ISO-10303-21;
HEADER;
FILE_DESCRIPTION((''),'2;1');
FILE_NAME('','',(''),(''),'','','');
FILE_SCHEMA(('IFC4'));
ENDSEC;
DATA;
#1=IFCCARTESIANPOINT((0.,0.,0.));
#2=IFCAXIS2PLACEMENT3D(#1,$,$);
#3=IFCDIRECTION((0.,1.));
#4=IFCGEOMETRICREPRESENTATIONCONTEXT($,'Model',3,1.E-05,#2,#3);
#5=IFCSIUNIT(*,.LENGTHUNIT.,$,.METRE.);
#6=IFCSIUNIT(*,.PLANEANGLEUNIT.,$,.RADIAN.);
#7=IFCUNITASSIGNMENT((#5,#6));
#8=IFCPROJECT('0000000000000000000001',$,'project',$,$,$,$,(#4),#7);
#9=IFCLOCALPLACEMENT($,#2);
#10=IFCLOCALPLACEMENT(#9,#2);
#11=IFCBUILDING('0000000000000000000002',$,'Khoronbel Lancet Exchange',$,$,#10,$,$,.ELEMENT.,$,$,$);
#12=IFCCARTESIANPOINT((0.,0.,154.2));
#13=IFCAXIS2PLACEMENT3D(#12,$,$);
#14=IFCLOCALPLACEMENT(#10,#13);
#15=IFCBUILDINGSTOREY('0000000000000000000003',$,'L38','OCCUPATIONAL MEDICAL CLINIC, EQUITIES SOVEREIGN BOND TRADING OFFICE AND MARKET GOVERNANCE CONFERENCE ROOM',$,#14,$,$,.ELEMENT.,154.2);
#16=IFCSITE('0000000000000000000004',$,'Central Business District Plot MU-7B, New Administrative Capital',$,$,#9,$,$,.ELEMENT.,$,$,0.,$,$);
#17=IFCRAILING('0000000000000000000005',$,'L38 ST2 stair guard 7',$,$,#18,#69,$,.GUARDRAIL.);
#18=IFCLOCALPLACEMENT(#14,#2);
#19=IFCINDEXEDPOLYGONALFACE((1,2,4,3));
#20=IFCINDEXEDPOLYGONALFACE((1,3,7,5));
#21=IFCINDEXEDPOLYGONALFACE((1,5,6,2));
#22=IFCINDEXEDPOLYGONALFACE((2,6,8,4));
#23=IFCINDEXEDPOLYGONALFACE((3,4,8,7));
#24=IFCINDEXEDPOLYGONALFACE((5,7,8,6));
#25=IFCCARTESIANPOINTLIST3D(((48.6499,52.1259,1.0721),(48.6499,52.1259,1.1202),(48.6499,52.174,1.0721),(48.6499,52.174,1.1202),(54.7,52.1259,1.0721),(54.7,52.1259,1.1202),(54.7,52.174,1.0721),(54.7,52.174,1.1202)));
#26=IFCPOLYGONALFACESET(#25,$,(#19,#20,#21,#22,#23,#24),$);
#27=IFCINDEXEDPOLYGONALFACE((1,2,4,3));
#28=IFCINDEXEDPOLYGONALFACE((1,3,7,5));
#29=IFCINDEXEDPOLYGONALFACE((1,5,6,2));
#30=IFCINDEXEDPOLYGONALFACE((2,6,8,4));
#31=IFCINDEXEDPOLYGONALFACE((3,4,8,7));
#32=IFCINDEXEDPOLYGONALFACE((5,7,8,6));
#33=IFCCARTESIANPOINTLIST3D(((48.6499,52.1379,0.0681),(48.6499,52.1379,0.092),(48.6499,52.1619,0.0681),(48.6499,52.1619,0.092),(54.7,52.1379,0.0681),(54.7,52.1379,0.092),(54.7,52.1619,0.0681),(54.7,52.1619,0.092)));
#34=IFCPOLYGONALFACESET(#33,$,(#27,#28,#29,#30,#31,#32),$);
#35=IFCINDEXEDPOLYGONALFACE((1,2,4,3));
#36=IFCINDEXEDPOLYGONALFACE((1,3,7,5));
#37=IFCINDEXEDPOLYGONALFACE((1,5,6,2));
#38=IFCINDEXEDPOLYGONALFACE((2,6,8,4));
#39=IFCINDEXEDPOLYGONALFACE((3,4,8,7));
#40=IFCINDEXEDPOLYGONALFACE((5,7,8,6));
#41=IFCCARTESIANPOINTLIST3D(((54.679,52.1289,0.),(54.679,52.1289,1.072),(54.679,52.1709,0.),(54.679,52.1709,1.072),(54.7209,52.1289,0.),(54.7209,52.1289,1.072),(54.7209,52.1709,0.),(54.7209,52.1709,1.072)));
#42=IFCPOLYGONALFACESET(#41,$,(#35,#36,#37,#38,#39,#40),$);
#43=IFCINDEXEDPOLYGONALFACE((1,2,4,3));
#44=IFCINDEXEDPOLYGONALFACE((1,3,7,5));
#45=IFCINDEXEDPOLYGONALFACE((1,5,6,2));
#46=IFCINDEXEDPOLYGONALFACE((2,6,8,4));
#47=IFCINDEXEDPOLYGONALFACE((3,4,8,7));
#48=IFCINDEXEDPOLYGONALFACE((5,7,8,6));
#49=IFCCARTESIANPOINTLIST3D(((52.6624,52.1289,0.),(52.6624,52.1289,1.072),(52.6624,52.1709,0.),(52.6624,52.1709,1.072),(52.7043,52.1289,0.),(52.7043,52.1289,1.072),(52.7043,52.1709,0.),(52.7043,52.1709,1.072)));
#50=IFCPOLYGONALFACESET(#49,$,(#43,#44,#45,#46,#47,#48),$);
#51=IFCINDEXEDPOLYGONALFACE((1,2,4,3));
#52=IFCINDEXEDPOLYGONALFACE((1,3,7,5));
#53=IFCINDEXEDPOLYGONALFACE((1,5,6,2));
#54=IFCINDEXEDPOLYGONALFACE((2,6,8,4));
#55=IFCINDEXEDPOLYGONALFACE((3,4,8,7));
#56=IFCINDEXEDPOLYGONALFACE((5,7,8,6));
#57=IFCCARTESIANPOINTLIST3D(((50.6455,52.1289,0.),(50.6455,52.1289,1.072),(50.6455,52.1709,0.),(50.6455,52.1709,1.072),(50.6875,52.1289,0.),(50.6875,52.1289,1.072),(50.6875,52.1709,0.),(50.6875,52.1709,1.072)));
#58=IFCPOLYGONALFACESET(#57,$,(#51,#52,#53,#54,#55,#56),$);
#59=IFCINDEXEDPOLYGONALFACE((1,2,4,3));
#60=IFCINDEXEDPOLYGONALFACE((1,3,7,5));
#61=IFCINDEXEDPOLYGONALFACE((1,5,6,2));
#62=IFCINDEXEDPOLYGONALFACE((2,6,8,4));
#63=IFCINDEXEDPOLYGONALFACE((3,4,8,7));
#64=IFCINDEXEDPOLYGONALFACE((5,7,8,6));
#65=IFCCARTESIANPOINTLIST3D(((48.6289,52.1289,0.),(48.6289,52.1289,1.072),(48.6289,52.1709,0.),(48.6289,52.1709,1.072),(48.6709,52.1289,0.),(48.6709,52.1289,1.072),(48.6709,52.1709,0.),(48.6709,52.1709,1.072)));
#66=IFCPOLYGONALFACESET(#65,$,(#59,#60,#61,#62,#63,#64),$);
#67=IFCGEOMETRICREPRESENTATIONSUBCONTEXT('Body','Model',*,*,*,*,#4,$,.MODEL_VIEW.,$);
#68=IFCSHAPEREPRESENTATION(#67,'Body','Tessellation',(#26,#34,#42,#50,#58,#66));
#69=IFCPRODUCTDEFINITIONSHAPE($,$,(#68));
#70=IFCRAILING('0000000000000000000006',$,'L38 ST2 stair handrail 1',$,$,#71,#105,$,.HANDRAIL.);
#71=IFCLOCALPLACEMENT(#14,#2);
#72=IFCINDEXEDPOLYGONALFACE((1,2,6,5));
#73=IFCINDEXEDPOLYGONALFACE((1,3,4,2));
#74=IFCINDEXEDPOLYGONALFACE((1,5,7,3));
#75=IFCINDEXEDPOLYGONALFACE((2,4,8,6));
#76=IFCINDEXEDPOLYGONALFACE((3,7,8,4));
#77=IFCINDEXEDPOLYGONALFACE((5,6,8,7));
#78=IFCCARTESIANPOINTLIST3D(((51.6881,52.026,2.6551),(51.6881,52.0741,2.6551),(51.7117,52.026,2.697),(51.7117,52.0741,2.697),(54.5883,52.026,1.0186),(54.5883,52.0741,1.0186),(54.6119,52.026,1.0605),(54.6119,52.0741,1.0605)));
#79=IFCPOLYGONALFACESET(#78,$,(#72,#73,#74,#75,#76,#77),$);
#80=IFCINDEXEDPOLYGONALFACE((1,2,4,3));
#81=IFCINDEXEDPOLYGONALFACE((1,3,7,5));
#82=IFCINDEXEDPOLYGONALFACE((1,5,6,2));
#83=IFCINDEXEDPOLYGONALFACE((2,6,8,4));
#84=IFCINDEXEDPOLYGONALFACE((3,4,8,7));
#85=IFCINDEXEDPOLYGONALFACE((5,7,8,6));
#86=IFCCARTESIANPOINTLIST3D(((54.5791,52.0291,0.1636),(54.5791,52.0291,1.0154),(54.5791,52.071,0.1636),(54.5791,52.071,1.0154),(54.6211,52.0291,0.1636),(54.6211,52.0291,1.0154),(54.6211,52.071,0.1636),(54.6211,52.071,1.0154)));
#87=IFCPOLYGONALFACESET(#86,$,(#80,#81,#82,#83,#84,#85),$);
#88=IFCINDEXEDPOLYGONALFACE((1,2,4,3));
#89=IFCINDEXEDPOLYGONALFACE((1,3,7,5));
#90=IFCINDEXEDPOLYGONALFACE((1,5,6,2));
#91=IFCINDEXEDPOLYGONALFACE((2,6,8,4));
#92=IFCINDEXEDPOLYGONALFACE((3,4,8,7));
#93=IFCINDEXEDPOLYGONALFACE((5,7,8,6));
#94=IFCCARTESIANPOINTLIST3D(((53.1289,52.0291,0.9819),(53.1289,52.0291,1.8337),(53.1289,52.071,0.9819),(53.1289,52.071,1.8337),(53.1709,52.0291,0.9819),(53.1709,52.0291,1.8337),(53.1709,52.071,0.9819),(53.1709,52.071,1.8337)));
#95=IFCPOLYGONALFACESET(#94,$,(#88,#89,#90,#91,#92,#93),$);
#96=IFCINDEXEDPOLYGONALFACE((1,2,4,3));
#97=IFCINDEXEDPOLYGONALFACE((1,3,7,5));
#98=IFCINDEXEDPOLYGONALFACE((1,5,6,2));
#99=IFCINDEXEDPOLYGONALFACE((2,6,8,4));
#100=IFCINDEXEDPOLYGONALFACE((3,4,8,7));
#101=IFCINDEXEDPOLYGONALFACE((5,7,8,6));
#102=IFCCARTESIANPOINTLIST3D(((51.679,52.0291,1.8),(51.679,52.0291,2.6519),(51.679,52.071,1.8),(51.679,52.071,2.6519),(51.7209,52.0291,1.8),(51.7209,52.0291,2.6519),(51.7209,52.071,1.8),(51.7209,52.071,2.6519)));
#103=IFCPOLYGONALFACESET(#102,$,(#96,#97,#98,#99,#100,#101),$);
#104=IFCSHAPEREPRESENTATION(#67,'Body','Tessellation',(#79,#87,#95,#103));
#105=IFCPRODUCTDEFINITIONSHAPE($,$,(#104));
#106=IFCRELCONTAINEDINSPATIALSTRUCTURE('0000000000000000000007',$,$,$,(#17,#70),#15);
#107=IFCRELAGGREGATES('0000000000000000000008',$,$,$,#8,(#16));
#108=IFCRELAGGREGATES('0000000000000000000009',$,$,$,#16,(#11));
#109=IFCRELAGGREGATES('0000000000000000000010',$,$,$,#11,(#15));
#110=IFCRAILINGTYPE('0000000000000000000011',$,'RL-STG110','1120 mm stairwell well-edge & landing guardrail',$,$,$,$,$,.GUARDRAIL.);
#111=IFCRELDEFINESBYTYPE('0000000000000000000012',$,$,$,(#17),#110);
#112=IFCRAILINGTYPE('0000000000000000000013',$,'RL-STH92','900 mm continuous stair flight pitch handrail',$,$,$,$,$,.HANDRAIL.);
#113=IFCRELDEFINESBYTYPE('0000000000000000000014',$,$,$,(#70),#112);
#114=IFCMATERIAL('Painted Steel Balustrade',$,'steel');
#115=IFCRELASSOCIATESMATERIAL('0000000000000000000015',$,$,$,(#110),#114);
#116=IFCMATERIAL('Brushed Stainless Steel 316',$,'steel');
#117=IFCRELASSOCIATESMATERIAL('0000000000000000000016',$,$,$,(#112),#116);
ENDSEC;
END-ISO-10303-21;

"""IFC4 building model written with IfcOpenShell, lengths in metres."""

from ifc_helpers import new_model, si_unit, direction, frame, origin, origin_2d, place, context, subcontext, project, spatial, rectangle, extrude, material, type_object, element, save


model = new_model("IFC4")

# Units and contexts
model_context = context("Model", 3, precision=1e-05, world=origin(), true_north=direction((0.0, 1.0)))
body_context = subcontext(model_context, "Body", "Model", "MODEL_VIEW")
ifc_project = project(units=[si_unit("LENGTHUNIT", "METRE"), si_unit("PLANEANGLEUNIT", "RADIAN")], contexts=[model_context])

# Site, building, storey
site_placement = place(None, origin())
site = spatial("IfcSite", under=ifc_project, at=site_placement, Name="Central Business District Plot MU-7B, New Administrative Capital", CompositionType="ELEMENT", RefElevation=0.0)
building_placement = place(site_placement, origin())
building = spatial("IfcBuilding", under=site, at=building_placement, Name="Khoronbel Lancet Exchange", CompositionType="ELEMENT")
storey_placement = place(building_placement, frame((0.0, 0.0, 154.2)))
storey = spatial("IfcBuildingStorey", under=building, at=storey_placement, Name="L38", Description="OCCUPATIONAL MEDICAL CLINIC, EQUITIES SOVEREIGN BOND TRADING OFFICE AND MARKET GOVERNANCE CONFERENCE ROOM", CompositionType="ELEMENT", Elevation=154.2)

# Railings
ifc_material_1 = material(Name="Painted Steel Balustrade", Category="steel")
railing_type_1 = type_object("IfcRailingType", Name="RL-STG110", Description="1120 mm stairwell well-edge & landing guardrail", PredefinedType="GUARDRAIL", material=ifc_material_1)
railing_1_placement = place(storey_placement, frame((54.7, 52.1499, 0.0)))
element("IfcRailing", 1, at=railing_1_placement, inside=storey, type_object=railing_type_1, Name="L38 ST2 stair guard 7", PredefinedType="GUARDRAIL", context=body_context, shape_type="SweptSolid", body=[
    extrude(rectangle(XDim=0.0481, YDim=0.0481, at=origin_2d()), frame((0.0, 0.0, 1.0962), z_axis=(-1.0, 0.0, 0.0), x_axis=(0.0, -1.0, 0.0)), (0.0, 0.0, 1.0), 6.05),
    extrude(rectangle(XDim=0.0239, YDim=0.0239, at=origin_2d()), frame((0.0, 0.0, 0.0801), z_axis=(-1.0, 0.0, 0.0), x_axis=(0.0, -1.0, 0.0)), (0.0, 0.0, 1.0), 6.05),
    extrude(rectangle(XDim=0.042, YDim=0.042, at=origin_2d()), origin(), (0.0, 0.0, 1.0), 1.072),
    extrude(rectangle(XDim=0.042, YDim=0.042, at=origin_2d()), frame((-2.0166, 0.0, 0.0)), (0.0, 0.0, 1.0), 1.072),
    extrude(rectangle(XDim=0.042, YDim=0.042, at=origin_2d()), frame((-4.0334, 0.0, 0.0)), (0.0, 0.0, 1.0), 1.072),
    extrude(rectangle(XDim=0.042, YDim=0.042, at=origin_2d()), frame((-6.05, 0.0, 0.0)), (0.0, 0.0, 1.0), 1.072),
])
ifc_material_2 = material(Name="Brushed Stainless Steel 316", Category="steel")
railing_type_2 = type_object("IfcRailingType", Name="RL-STH92", Description="900 mm continuous stair flight pitch handrail", PredefinedType="HANDRAIL", material=ifc_material_2)
railing_2_placement = place(storey_placement, frame((54.6001, 52.05, 0.1636)))
element("IfcRailing", 2, at=railing_2_placement, inside=storey, type_object=railing_type_2, Name="L38 ST2 stair handrail 1", PredefinedType="HANDRAIL", context=body_context, shape_type="SweptSolid", body=[
    extrude(rectangle(XDim=0.0481, YDim=0.0481, at=origin_2d()), frame((0.0, 0.0, 0.876), z_axis=(-0.870915, 0.0, 0.491434), x_axis=(0.0, -1.0, 0.0)), (0.0, 0.0, 1.0), 3.3301),
    extrude(rectangle(XDim=0.042, YDim=0.042, at=origin_2d()), origin(), (0.0, 0.0, 1.0), 0.8518),
    extrude(rectangle(XDim=0.042, YDim=0.042, at=origin_2d()), frame((-1.4502, 0.0, 0.8184)), (0.0, 0.0, 1.0), 0.8518),
    extrude(rectangle(XDim=0.042, YDim=0.042, at=origin_2d()), frame((-2.9001, 0.0, 1.6365)), (0.0, 0.0, 1.0), 0.8518),
])

save(model, "model.ifc")
